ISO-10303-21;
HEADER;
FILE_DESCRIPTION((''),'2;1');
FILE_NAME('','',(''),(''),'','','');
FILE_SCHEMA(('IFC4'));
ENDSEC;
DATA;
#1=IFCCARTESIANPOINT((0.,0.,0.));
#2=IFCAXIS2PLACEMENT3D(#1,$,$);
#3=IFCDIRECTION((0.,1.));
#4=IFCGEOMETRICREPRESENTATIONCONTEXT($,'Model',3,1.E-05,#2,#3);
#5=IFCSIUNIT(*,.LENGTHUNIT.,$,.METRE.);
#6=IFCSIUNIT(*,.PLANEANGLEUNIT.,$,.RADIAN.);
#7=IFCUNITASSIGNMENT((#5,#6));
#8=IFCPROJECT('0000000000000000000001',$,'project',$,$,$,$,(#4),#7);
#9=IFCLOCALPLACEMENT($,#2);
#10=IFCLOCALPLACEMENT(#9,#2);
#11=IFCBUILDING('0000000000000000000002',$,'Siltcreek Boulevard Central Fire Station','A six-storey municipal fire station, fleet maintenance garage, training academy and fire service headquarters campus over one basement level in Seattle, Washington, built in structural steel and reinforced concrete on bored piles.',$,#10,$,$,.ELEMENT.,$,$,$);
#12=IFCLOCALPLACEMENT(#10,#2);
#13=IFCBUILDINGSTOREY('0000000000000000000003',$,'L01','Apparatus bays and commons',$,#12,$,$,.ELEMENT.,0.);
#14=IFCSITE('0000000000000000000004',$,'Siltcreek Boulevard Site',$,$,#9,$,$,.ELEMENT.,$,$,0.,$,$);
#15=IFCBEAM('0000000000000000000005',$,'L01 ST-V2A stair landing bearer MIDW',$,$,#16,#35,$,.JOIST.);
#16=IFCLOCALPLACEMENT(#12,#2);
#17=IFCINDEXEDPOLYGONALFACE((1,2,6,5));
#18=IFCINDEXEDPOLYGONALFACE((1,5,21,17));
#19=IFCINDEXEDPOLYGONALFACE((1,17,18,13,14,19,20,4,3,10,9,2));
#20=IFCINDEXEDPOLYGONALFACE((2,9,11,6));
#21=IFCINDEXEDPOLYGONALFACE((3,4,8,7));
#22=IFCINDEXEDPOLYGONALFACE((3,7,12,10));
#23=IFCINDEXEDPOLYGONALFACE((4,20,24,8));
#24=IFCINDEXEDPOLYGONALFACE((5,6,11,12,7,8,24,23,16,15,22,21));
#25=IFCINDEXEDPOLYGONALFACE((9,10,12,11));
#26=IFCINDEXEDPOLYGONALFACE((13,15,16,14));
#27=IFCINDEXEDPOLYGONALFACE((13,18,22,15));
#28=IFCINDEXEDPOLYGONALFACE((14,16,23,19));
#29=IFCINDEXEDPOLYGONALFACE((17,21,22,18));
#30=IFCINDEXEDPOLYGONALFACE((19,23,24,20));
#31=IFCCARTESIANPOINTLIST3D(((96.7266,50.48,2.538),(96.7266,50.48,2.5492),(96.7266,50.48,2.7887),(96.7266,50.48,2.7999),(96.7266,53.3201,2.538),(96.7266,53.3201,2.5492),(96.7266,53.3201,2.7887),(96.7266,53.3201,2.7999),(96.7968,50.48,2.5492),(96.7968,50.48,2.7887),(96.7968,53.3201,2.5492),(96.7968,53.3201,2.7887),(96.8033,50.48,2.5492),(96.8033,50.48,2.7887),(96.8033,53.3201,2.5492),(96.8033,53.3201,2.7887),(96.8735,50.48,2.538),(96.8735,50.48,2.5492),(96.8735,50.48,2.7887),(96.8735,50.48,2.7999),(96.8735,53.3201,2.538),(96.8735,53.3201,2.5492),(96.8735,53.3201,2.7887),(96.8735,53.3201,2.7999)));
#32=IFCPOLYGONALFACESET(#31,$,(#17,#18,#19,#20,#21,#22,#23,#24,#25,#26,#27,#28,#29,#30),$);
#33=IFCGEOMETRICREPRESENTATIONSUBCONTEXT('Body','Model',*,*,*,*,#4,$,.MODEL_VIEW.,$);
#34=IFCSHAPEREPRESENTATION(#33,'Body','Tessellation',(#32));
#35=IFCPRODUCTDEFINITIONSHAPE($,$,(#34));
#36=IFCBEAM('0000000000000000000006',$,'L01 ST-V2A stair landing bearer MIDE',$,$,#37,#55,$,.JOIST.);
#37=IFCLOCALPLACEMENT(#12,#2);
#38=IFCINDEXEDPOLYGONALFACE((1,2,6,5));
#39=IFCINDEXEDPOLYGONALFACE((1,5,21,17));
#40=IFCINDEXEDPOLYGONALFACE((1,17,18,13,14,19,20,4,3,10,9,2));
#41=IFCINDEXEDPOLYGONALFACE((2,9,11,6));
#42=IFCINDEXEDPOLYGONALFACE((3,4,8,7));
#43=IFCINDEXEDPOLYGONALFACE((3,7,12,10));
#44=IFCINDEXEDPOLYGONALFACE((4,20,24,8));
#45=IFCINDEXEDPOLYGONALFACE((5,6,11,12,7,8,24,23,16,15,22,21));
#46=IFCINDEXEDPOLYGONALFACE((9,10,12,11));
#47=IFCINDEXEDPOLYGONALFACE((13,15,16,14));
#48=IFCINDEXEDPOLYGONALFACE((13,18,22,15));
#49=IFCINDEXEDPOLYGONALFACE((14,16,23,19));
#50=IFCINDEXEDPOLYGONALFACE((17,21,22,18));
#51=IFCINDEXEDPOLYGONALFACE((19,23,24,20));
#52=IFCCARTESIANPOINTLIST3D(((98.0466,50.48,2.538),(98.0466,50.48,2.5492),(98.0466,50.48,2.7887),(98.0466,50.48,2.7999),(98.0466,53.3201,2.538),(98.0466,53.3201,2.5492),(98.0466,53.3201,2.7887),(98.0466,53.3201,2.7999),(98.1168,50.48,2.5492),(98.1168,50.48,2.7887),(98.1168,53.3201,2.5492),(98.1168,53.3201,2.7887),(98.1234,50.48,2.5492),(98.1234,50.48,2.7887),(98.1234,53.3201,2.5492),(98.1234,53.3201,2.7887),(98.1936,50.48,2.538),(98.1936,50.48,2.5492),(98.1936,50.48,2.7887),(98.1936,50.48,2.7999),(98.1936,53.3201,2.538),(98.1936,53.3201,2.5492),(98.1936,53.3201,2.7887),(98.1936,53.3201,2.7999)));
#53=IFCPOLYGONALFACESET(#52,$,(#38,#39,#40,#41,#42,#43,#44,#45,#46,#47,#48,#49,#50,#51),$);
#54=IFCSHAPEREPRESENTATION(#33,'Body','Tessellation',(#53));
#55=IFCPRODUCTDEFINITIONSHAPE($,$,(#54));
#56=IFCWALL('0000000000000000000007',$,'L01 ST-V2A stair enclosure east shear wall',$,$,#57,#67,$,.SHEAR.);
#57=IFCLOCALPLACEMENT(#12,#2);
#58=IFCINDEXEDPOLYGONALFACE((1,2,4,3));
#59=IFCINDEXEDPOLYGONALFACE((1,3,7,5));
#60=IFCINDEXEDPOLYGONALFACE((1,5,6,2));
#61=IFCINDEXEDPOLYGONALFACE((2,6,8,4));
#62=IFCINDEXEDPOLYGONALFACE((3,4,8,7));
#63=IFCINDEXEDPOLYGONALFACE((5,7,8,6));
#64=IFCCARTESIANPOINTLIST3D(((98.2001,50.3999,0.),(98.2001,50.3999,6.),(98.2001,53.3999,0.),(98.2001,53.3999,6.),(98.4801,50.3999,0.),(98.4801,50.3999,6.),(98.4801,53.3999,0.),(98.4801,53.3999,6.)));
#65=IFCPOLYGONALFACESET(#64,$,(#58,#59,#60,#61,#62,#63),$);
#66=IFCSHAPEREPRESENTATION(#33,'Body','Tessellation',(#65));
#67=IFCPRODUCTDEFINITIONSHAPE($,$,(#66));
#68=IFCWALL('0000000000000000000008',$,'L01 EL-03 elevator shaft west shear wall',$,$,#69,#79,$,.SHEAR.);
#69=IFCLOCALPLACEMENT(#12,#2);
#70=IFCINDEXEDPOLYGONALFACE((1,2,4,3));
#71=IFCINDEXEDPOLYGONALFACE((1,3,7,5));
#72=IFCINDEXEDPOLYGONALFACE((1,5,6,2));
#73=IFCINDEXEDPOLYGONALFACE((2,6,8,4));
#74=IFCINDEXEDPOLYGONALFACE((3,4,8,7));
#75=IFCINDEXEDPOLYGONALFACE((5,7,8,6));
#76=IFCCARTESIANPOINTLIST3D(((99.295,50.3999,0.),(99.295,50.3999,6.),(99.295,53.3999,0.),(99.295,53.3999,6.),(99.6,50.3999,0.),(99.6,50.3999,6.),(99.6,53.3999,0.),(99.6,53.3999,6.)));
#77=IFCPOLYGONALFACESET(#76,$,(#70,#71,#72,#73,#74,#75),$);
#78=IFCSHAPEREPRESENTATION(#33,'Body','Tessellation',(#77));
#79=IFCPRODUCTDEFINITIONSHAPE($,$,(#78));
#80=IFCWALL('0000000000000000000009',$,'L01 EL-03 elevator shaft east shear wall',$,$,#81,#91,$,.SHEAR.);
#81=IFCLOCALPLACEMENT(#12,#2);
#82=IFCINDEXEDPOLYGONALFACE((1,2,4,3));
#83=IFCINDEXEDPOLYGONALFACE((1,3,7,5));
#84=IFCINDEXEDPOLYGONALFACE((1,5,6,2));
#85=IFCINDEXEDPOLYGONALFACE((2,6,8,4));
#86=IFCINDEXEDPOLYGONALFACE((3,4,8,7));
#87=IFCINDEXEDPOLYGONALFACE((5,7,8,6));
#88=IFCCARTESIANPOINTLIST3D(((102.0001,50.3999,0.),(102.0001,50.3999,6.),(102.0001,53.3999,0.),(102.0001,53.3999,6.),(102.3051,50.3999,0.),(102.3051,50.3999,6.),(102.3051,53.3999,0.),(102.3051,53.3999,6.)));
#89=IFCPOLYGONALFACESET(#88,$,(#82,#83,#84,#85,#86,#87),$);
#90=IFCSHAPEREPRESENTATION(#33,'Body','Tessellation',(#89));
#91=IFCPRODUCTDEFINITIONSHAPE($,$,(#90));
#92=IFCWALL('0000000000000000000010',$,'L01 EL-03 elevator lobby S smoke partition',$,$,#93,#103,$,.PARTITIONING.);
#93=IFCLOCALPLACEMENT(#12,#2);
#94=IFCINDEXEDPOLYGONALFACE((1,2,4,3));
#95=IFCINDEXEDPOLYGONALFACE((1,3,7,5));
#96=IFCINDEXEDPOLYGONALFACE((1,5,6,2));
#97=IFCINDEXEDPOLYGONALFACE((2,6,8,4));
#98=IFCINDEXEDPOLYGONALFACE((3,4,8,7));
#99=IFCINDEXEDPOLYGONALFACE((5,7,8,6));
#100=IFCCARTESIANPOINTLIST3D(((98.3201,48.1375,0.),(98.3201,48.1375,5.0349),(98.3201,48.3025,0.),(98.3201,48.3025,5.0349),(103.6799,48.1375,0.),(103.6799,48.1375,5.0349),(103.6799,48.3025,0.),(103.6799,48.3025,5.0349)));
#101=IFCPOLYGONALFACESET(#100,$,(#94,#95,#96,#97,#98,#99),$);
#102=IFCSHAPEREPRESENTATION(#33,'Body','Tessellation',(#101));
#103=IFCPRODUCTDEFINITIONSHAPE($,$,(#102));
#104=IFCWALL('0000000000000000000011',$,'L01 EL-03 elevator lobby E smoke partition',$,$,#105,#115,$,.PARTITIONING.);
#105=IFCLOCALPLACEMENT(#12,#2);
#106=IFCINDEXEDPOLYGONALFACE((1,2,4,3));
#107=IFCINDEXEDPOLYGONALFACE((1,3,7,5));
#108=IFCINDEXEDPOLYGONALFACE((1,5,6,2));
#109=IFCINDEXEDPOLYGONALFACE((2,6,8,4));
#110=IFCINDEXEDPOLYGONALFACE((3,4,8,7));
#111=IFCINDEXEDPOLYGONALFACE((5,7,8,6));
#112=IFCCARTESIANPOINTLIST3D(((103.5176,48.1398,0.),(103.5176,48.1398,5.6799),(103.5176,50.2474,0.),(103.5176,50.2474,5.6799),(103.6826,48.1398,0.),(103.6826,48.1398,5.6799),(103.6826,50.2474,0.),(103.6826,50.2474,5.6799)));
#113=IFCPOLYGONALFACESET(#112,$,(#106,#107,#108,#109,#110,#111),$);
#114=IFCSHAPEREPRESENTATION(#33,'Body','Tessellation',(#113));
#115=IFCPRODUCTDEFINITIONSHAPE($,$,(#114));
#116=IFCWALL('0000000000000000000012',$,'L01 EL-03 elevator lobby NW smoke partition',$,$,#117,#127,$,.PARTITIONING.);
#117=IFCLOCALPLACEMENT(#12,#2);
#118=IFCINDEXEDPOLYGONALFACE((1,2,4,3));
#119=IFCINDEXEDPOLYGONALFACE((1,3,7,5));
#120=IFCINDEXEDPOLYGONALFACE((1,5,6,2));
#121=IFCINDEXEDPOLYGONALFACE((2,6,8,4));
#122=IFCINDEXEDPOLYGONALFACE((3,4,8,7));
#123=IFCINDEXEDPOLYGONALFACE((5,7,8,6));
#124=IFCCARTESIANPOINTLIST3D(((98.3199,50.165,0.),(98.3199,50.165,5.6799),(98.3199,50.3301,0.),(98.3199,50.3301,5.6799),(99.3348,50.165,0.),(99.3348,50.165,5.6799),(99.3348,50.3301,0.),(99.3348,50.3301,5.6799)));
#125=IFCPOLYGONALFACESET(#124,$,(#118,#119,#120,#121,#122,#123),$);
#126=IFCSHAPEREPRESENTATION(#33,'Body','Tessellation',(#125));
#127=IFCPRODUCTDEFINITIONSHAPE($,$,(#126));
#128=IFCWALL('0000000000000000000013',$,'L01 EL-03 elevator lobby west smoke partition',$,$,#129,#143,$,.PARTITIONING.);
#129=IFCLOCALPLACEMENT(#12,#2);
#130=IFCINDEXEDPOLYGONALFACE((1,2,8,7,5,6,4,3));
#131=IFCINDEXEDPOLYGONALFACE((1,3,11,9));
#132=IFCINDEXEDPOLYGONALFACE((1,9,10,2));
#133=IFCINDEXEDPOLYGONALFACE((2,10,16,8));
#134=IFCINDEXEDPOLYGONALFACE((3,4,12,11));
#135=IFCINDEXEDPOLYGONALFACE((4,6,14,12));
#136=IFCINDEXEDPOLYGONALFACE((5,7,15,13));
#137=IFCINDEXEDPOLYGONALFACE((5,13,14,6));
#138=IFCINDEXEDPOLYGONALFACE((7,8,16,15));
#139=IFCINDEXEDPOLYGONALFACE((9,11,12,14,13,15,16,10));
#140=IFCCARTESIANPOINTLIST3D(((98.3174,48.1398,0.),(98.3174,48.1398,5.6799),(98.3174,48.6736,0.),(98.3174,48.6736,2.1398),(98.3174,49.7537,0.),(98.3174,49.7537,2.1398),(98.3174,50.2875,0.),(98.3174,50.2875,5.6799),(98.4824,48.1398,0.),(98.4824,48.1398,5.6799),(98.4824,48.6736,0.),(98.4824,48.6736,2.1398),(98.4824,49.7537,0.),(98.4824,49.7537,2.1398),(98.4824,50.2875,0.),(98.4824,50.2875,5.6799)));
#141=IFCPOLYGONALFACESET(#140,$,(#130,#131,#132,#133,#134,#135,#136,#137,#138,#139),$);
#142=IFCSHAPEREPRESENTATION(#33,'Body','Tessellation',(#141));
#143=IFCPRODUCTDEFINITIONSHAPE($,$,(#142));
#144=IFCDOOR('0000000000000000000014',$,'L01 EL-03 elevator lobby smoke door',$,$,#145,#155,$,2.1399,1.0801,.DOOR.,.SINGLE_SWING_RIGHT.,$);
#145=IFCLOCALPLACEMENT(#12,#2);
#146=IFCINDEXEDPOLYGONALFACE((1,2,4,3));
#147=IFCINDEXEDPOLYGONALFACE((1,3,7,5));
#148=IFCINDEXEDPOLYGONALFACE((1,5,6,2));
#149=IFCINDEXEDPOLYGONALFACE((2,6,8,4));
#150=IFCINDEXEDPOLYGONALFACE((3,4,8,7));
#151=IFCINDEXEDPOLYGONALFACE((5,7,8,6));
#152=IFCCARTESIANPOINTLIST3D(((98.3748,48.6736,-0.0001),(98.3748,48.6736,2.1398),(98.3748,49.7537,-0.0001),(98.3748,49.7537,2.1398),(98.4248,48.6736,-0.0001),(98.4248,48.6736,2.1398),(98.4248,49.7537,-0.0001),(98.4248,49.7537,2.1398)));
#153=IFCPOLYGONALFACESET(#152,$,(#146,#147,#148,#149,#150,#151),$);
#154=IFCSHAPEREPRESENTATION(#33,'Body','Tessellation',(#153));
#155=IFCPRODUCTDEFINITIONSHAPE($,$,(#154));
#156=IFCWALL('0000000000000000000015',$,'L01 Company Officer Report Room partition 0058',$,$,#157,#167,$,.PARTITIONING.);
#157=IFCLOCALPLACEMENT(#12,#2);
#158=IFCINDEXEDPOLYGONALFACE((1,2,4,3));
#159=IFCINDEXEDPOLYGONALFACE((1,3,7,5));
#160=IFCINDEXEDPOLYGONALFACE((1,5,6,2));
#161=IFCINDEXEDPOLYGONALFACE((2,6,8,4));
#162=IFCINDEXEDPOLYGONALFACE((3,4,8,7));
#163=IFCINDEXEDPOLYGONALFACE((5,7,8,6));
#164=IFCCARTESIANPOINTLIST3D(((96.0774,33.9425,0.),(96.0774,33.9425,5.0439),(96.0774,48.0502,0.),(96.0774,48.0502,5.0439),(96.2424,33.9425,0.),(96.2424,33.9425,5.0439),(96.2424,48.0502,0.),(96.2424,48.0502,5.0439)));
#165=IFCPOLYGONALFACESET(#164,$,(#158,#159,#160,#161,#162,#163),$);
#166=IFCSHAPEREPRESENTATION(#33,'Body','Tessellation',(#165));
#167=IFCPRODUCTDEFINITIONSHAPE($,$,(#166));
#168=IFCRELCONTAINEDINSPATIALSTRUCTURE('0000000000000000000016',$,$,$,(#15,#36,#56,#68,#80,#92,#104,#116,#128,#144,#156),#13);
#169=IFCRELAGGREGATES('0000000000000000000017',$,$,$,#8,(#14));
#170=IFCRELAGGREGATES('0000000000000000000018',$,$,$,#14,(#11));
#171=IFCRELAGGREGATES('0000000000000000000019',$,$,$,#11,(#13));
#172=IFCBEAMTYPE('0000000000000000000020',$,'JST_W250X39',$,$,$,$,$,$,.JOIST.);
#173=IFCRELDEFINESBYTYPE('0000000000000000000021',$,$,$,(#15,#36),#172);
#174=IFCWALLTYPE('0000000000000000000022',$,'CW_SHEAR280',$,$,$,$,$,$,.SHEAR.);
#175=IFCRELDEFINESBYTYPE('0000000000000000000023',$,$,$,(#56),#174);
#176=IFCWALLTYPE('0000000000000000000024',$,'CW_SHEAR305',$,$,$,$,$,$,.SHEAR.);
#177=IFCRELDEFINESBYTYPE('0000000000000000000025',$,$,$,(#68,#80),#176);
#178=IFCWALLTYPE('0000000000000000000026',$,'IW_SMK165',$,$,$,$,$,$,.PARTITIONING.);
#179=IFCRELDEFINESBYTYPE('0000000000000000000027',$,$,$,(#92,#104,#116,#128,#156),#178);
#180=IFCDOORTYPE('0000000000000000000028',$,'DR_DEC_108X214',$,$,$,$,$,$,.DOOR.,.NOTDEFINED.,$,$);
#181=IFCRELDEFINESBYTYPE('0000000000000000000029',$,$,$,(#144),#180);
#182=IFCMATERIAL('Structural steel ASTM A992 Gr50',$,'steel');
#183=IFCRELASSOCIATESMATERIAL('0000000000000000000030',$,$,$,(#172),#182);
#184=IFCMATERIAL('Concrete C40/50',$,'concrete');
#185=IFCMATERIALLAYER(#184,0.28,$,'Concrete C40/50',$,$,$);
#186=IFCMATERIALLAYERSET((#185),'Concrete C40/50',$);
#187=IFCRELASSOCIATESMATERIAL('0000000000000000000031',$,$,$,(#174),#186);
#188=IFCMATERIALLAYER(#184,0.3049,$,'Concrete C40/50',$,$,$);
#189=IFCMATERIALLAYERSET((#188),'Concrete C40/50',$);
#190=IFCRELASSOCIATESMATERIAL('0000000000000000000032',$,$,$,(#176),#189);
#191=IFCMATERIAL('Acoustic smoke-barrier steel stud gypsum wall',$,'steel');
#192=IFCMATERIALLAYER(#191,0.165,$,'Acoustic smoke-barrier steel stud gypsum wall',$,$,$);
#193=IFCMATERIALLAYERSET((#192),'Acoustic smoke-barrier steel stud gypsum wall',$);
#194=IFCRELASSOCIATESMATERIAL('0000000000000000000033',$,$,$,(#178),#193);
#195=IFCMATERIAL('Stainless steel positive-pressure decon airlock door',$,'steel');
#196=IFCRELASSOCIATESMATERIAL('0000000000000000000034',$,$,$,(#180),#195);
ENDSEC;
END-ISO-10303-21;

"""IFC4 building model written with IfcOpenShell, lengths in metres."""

from ifc_helpers import new_model, si_unit, direction, frame, frame_2d, origin, origin_2d, place, context, subcontext, project, spatial, rectangle, i_section, extrude, material, layer, layer_set, material_profile, profile_set, type_object, element, fill, save


model = new_model("IFC4")

# Units and contexts
model_context = context("Model", 3, precision=1e-05, world=origin(), true_north=direction((0.0, 1.0)))
body_context = subcontext(model_context, "Body", "Model", "MODEL_VIEW")
ifc_project = project(units=[si_unit("LENGTHUNIT", "METRE"), si_unit("PLANEANGLEUNIT", "RADIAN")], contexts=[model_context])

# Site, building, storey
site_placement = place(None, origin())
site = spatial("IfcSite", under=ifc_project, at=site_placement, Name="Siltcreek Boulevard Site", CompositionType="ELEMENT", RefElevation=0.0)
building_placement = place(site_placement, origin())
building = spatial("IfcBuilding", under=site, at=building_placement, Name="Siltcreek Boulevard Central Fire Station", Description="A six-storey municipal fire station, fleet maintenance garage, training academy and fire service headquarters campus over one basement level in Seattle, Washington, built in structural steel and reinforced concrete on bored piles.", CompositionType="ELEMENT")
storey_placement = place(building_placement, origin())
storey = spatial("IfcBuildingStorey", under=building, at=storey_placement, Name="L01", Description="Apparatus bays and commons", CompositionType="ELEMENT", Elevation=0.0)

# Shared definitions
ifc_material_1 = material(Name="Structural steel ASTM A992 Gr50", Category="steel")

# Beams
ifc_material_profile_1 = material_profile(ifc_material_1, i_section(OverallWidth=0.147, OverallDepth=0.262, WebThickness=0.0066, FlangeThickness=0.0112, at=origin_2d()), Name="W250X39")
ifc_profile_set_1 = profile_set([ifc_material_profile_1], Name="Structural steel ASTM A992 Gr50")
beam_type_1 = type_object("IfcBeamType", Name="JST_W250X39", PredefinedType="JOIST", material=ifc_profile_set_1)
for number, where, z_axis, x_axis, name in (
    (1, (96.8, 50.48, 2.6689), (0.0, 1.0, 0.0), (-1.0, 0.0, 0.0), "L01 ST-V2A stair landing bearer MIDW"),
    (2, (98.1201, 50.48, 2.6689), (0.0, 1.0, 0.0), (-1.0, 0.0, 0.0), "L01 ST-V2A stair landing bearer MIDE"),
):
    element("IfcBeam", number, at=place(storey_placement, frame(where, z_axis=z_axis, x_axis=x_axis)), inside=storey, type_object=beam_type_1, Name=name, PredefinedType="JOIST", context=body_context, shape_type="SweptSolid", body=[
        extrude(i_section(OverallWidth=0.147, OverallDepth=0.262, WebThickness=0.0066, FlangeThickness=0.0112, at=origin_2d()), origin(), (0.0, 0.0, 1.0), 2.8401),
    ])

# Wall
ifc_material_2 = material(Name="Concrete C40/50", Category="concrete")
ifc_layer_1 = layer(ifc_material_2, 0.28, Name="Concrete C40/50")
ifc_layer_set_1 = layer_set([ifc_layer_1], Name="Concrete C40/50")
wall_type_1 = type_object("IfcWallType", Name="CW_SHEAR280", PredefinedType="SHEAR", material=ifc_layer_set_1)
wall_1_placement = place(storey_placement, frame((98.3401, 50.3999, 0.0), z_axis=(0.0, 0.0, 1.0), x_axis=(0.0, 1.0, 0.0)))
element("IfcWall", 3, at=wall_1_placement, inside=storey, type_object=wall_type_1, Name="L01 ST-V2A stair enclosure east shear wall", PredefinedType="SHEAR", context=body_context, shape_type="SweptSolid", body=[
    extrude(rectangle(XDim=3.0, YDim=0.28, at=frame_2d((1.5, 0.0))), origin(), (0.0, 0.0, 1.0), 6.0),
])

# Shared definitions
ifc_layer_2 = layer(ifc_material_2, 0.3049, Name="Concrete C40/50")
ifc_layer_set_2 = layer_set([ifc_layer_2], Name="Concrete C40/50")
wall_type_2 = type_object("IfcWallType", Name="CW_SHEAR305", PredefinedType="SHEAR", material=ifc_layer_set_2)

# Walls
for number, where, z_axis, x_axis, name in (
    (4, (99.4475, 53.3999, 0.0), (0.0, 0.0, 1.0), (0.0, -1.0, 0.0), "L01 EL-03 elevator shaft west shear wall"),
    (5, (102.1526, 50.3999, 0.0), (0.0, 0.0, 1.0), (0.0, 1.0, 0.0), "L01 EL-03 elevator shaft east shear wall"),
):
    element("IfcWall", number, at=place(storey_placement, frame(where, z_axis=z_axis, x_axis=x_axis)), inside=storey, type_object=wall_type_2, Name=name, PredefinedType="SHEAR", context=body_context, shape_type="SweptSolid", body=[
        extrude(rectangle(XDim=3.0, YDim=0.3049, at=frame_2d((1.5, 0.0))), origin(), (0.0, 0.0, 1.0), 6.0),
    ])
ifc_material_3 = material(Name="Acoustic smoke-barrier steel stud gypsum wall", Category="steel")
ifc_layer_3 = layer(ifc_material_3, 0.165, Name="Acoustic smoke-barrier steel stud gypsum wall")
ifc_layer_set_3 = layer_set([ifc_layer_3], Name="Acoustic smoke-barrier steel stud gypsum wall")
wall_type_3 = type_object("IfcWallType", Name="IW_SMK165", PredefinedType="PARTITIONING", material=ifc_layer_set_3)
wall_2_placement = place(storey_placement, frame((98.3201, 48.22, 0.0), z_axis=(0.0, 0.0, 1.0), x_axis=(1.0, 0.0, 0.0)))
element("IfcWall", 6, at=wall_2_placement, inside=storey, type_object=wall_type_3, Name="L01 EL-03 elevator lobby S smoke partition", PredefinedType="PARTITIONING", context=body_context, shape_type="SweptSolid", body=[
    extrude(rectangle(XDim=5.3599, YDim=0.165, at=frame_2d((2.6799, 0.0))), origin(), (0.0, 0.0, 1.0), 5.0349),
])
wall_3_placement = place(storey_placement, frame((103.6001, 48.1399, 0.0), z_axis=(0.0, 0.0, 1.0), x_axis=(0.0, 1.0, 0.0)))
element("IfcWall", 7, at=wall_3_placement, inside=storey, type_object=wall_type_3, Name="L01 EL-03 elevator lobby E smoke partition", PredefinedType="PARTITIONING", context=body_context, shape_type="SweptSolid", body=[
    extrude(rectangle(XDim=2.1077, YDim=0.165, at=frame_2d((1.0537, 0.0))), origin(), (0.0, 0.0, 1.0), 5.6799),
])
wall_4_placement = place(storey_placement, frame((98.3201, 50.2476, 0.0), z_axis=(0.0, 0.0, 1.0), x_axis=(1.0, 0.0, 0.0)))
element("IfcWall", 8, at=wall_4_placement, inside=storey, type_object=wall_type_3, Name="L01 EL-03 elevator lobby NW smoke partition", PredefinedType="PARTITIONING", context=body_context, shape_type="SweptSolid", body=[
    extrude(rectangle(XDim=1.0149, YDim=0.165, at=frame_2d((0.5073, 0.0))), origin(), (0.0, 0.0, 1.0), 5.6799),
])

# Wall, opening, door
wall_5_placement = place(storey_placement, frame((98.3999, 48.1399, 0.0), z_axis=(0.0, 0.0, 1.0), x_axis=(0.0, 1.0, 0.0)))
wall_5 = element("IfcWall", 9, at=wall_5_placement, inside=storey, type_object=wall_type_3, Name="L01 EL-03 elevator lobby west smoke partition", PredefinedType="PARTITIONING", context=body_context, shape_type="SweptSolid", body=[
    extrude(rectangle(XDim=2.1477, YDim=0.165, at=frame_2d((1.0737, 0.0))), origin(), (0.0, 0.0, 1.0), 5.6799),
])
opening_1_placement = place(wall_5_placement, frame((0.5337, 0.0, 0.0)))
opening_1 = element("IfcOpeningElement", 10, at=opening_1_placement, cuts=wall_5, PredefinedType="OPENING", context=body_context, shape_type="SweptSolid", body=[
    extrude(rectangle(XDim=1.0801, YDim=2.1399, at=frame_2d((0.54, 1.0698))), frame((0.0, 0.0925, 0.0), z_axis=(0.0, -1.0, 0.0), x_axis=(1.0, 0.0, 0.0)), (0.0, 0.0, 1.0), 0.1851),
])
ifc_material_4 = material(Name="Stainless steel positive-pressure decon airlock door", Category="steel")
door_type_1 = type_object("IfcDoorType", Name="DR_DEC_108X214", OperationType="NOTDEFINED", PredefinedType="DOOR", material=ifc_material_4)
door_1_placement = place(opening_1_placement, frame((1.0801, 0.0, 0.0), z_axis=(0.0, 0.0, 1.0), x_axis=(-1.0, 0.0, 0.0)))
door_1 = element("IfcDoor", 11, at=door_1_placement, inside=storey, type_object=door_type_1, Name="L01 EL-03 elevator lobby smoke door", OperationType="SINGLE_SWING_RIGHT", OverallHeight=2.1399, OverallWidth=1.0801, PredefinedType="DOOR", context=body_context, shape_type="SweptSolid", body=[
    extrude(rectangle(XDim=1.0801, YDim=2.1399, at=frame_2d((0.54, 1.0698))), frame((0.0, 0.0249, 0.0), z_axis=(0.0, -1.0, 0.0), x_axis=(1.0, 0.0, 0.0)), (0.0, 0.0, 1.0), 0.05),
])
fill(opening_1, door_1)

# Wall
wall_6_placement = place(storey_placement, frame((96.1599, 48.05, 0.0), z_axis=(0.0, 0.0, 1.0), x_axis=(0.0, -1.0, 0.0)))
element("IfcWall", 12, at=wall_6_placement, inside=storey, type_object=wall_type_3, Name="L01 Company Officer Report Room partition 0058", PredefinedType="PARTITIONING", context=body_context, shape_type="SweptSolid", body=[
    extrude(rectangle(XDim=14.1077, YDim=0.165, at=frame_2d((7.0537, 0.0))), origin(), (0.0, 0.0, 1.0), 5.0439),
])

save(model, "model.ifc")
